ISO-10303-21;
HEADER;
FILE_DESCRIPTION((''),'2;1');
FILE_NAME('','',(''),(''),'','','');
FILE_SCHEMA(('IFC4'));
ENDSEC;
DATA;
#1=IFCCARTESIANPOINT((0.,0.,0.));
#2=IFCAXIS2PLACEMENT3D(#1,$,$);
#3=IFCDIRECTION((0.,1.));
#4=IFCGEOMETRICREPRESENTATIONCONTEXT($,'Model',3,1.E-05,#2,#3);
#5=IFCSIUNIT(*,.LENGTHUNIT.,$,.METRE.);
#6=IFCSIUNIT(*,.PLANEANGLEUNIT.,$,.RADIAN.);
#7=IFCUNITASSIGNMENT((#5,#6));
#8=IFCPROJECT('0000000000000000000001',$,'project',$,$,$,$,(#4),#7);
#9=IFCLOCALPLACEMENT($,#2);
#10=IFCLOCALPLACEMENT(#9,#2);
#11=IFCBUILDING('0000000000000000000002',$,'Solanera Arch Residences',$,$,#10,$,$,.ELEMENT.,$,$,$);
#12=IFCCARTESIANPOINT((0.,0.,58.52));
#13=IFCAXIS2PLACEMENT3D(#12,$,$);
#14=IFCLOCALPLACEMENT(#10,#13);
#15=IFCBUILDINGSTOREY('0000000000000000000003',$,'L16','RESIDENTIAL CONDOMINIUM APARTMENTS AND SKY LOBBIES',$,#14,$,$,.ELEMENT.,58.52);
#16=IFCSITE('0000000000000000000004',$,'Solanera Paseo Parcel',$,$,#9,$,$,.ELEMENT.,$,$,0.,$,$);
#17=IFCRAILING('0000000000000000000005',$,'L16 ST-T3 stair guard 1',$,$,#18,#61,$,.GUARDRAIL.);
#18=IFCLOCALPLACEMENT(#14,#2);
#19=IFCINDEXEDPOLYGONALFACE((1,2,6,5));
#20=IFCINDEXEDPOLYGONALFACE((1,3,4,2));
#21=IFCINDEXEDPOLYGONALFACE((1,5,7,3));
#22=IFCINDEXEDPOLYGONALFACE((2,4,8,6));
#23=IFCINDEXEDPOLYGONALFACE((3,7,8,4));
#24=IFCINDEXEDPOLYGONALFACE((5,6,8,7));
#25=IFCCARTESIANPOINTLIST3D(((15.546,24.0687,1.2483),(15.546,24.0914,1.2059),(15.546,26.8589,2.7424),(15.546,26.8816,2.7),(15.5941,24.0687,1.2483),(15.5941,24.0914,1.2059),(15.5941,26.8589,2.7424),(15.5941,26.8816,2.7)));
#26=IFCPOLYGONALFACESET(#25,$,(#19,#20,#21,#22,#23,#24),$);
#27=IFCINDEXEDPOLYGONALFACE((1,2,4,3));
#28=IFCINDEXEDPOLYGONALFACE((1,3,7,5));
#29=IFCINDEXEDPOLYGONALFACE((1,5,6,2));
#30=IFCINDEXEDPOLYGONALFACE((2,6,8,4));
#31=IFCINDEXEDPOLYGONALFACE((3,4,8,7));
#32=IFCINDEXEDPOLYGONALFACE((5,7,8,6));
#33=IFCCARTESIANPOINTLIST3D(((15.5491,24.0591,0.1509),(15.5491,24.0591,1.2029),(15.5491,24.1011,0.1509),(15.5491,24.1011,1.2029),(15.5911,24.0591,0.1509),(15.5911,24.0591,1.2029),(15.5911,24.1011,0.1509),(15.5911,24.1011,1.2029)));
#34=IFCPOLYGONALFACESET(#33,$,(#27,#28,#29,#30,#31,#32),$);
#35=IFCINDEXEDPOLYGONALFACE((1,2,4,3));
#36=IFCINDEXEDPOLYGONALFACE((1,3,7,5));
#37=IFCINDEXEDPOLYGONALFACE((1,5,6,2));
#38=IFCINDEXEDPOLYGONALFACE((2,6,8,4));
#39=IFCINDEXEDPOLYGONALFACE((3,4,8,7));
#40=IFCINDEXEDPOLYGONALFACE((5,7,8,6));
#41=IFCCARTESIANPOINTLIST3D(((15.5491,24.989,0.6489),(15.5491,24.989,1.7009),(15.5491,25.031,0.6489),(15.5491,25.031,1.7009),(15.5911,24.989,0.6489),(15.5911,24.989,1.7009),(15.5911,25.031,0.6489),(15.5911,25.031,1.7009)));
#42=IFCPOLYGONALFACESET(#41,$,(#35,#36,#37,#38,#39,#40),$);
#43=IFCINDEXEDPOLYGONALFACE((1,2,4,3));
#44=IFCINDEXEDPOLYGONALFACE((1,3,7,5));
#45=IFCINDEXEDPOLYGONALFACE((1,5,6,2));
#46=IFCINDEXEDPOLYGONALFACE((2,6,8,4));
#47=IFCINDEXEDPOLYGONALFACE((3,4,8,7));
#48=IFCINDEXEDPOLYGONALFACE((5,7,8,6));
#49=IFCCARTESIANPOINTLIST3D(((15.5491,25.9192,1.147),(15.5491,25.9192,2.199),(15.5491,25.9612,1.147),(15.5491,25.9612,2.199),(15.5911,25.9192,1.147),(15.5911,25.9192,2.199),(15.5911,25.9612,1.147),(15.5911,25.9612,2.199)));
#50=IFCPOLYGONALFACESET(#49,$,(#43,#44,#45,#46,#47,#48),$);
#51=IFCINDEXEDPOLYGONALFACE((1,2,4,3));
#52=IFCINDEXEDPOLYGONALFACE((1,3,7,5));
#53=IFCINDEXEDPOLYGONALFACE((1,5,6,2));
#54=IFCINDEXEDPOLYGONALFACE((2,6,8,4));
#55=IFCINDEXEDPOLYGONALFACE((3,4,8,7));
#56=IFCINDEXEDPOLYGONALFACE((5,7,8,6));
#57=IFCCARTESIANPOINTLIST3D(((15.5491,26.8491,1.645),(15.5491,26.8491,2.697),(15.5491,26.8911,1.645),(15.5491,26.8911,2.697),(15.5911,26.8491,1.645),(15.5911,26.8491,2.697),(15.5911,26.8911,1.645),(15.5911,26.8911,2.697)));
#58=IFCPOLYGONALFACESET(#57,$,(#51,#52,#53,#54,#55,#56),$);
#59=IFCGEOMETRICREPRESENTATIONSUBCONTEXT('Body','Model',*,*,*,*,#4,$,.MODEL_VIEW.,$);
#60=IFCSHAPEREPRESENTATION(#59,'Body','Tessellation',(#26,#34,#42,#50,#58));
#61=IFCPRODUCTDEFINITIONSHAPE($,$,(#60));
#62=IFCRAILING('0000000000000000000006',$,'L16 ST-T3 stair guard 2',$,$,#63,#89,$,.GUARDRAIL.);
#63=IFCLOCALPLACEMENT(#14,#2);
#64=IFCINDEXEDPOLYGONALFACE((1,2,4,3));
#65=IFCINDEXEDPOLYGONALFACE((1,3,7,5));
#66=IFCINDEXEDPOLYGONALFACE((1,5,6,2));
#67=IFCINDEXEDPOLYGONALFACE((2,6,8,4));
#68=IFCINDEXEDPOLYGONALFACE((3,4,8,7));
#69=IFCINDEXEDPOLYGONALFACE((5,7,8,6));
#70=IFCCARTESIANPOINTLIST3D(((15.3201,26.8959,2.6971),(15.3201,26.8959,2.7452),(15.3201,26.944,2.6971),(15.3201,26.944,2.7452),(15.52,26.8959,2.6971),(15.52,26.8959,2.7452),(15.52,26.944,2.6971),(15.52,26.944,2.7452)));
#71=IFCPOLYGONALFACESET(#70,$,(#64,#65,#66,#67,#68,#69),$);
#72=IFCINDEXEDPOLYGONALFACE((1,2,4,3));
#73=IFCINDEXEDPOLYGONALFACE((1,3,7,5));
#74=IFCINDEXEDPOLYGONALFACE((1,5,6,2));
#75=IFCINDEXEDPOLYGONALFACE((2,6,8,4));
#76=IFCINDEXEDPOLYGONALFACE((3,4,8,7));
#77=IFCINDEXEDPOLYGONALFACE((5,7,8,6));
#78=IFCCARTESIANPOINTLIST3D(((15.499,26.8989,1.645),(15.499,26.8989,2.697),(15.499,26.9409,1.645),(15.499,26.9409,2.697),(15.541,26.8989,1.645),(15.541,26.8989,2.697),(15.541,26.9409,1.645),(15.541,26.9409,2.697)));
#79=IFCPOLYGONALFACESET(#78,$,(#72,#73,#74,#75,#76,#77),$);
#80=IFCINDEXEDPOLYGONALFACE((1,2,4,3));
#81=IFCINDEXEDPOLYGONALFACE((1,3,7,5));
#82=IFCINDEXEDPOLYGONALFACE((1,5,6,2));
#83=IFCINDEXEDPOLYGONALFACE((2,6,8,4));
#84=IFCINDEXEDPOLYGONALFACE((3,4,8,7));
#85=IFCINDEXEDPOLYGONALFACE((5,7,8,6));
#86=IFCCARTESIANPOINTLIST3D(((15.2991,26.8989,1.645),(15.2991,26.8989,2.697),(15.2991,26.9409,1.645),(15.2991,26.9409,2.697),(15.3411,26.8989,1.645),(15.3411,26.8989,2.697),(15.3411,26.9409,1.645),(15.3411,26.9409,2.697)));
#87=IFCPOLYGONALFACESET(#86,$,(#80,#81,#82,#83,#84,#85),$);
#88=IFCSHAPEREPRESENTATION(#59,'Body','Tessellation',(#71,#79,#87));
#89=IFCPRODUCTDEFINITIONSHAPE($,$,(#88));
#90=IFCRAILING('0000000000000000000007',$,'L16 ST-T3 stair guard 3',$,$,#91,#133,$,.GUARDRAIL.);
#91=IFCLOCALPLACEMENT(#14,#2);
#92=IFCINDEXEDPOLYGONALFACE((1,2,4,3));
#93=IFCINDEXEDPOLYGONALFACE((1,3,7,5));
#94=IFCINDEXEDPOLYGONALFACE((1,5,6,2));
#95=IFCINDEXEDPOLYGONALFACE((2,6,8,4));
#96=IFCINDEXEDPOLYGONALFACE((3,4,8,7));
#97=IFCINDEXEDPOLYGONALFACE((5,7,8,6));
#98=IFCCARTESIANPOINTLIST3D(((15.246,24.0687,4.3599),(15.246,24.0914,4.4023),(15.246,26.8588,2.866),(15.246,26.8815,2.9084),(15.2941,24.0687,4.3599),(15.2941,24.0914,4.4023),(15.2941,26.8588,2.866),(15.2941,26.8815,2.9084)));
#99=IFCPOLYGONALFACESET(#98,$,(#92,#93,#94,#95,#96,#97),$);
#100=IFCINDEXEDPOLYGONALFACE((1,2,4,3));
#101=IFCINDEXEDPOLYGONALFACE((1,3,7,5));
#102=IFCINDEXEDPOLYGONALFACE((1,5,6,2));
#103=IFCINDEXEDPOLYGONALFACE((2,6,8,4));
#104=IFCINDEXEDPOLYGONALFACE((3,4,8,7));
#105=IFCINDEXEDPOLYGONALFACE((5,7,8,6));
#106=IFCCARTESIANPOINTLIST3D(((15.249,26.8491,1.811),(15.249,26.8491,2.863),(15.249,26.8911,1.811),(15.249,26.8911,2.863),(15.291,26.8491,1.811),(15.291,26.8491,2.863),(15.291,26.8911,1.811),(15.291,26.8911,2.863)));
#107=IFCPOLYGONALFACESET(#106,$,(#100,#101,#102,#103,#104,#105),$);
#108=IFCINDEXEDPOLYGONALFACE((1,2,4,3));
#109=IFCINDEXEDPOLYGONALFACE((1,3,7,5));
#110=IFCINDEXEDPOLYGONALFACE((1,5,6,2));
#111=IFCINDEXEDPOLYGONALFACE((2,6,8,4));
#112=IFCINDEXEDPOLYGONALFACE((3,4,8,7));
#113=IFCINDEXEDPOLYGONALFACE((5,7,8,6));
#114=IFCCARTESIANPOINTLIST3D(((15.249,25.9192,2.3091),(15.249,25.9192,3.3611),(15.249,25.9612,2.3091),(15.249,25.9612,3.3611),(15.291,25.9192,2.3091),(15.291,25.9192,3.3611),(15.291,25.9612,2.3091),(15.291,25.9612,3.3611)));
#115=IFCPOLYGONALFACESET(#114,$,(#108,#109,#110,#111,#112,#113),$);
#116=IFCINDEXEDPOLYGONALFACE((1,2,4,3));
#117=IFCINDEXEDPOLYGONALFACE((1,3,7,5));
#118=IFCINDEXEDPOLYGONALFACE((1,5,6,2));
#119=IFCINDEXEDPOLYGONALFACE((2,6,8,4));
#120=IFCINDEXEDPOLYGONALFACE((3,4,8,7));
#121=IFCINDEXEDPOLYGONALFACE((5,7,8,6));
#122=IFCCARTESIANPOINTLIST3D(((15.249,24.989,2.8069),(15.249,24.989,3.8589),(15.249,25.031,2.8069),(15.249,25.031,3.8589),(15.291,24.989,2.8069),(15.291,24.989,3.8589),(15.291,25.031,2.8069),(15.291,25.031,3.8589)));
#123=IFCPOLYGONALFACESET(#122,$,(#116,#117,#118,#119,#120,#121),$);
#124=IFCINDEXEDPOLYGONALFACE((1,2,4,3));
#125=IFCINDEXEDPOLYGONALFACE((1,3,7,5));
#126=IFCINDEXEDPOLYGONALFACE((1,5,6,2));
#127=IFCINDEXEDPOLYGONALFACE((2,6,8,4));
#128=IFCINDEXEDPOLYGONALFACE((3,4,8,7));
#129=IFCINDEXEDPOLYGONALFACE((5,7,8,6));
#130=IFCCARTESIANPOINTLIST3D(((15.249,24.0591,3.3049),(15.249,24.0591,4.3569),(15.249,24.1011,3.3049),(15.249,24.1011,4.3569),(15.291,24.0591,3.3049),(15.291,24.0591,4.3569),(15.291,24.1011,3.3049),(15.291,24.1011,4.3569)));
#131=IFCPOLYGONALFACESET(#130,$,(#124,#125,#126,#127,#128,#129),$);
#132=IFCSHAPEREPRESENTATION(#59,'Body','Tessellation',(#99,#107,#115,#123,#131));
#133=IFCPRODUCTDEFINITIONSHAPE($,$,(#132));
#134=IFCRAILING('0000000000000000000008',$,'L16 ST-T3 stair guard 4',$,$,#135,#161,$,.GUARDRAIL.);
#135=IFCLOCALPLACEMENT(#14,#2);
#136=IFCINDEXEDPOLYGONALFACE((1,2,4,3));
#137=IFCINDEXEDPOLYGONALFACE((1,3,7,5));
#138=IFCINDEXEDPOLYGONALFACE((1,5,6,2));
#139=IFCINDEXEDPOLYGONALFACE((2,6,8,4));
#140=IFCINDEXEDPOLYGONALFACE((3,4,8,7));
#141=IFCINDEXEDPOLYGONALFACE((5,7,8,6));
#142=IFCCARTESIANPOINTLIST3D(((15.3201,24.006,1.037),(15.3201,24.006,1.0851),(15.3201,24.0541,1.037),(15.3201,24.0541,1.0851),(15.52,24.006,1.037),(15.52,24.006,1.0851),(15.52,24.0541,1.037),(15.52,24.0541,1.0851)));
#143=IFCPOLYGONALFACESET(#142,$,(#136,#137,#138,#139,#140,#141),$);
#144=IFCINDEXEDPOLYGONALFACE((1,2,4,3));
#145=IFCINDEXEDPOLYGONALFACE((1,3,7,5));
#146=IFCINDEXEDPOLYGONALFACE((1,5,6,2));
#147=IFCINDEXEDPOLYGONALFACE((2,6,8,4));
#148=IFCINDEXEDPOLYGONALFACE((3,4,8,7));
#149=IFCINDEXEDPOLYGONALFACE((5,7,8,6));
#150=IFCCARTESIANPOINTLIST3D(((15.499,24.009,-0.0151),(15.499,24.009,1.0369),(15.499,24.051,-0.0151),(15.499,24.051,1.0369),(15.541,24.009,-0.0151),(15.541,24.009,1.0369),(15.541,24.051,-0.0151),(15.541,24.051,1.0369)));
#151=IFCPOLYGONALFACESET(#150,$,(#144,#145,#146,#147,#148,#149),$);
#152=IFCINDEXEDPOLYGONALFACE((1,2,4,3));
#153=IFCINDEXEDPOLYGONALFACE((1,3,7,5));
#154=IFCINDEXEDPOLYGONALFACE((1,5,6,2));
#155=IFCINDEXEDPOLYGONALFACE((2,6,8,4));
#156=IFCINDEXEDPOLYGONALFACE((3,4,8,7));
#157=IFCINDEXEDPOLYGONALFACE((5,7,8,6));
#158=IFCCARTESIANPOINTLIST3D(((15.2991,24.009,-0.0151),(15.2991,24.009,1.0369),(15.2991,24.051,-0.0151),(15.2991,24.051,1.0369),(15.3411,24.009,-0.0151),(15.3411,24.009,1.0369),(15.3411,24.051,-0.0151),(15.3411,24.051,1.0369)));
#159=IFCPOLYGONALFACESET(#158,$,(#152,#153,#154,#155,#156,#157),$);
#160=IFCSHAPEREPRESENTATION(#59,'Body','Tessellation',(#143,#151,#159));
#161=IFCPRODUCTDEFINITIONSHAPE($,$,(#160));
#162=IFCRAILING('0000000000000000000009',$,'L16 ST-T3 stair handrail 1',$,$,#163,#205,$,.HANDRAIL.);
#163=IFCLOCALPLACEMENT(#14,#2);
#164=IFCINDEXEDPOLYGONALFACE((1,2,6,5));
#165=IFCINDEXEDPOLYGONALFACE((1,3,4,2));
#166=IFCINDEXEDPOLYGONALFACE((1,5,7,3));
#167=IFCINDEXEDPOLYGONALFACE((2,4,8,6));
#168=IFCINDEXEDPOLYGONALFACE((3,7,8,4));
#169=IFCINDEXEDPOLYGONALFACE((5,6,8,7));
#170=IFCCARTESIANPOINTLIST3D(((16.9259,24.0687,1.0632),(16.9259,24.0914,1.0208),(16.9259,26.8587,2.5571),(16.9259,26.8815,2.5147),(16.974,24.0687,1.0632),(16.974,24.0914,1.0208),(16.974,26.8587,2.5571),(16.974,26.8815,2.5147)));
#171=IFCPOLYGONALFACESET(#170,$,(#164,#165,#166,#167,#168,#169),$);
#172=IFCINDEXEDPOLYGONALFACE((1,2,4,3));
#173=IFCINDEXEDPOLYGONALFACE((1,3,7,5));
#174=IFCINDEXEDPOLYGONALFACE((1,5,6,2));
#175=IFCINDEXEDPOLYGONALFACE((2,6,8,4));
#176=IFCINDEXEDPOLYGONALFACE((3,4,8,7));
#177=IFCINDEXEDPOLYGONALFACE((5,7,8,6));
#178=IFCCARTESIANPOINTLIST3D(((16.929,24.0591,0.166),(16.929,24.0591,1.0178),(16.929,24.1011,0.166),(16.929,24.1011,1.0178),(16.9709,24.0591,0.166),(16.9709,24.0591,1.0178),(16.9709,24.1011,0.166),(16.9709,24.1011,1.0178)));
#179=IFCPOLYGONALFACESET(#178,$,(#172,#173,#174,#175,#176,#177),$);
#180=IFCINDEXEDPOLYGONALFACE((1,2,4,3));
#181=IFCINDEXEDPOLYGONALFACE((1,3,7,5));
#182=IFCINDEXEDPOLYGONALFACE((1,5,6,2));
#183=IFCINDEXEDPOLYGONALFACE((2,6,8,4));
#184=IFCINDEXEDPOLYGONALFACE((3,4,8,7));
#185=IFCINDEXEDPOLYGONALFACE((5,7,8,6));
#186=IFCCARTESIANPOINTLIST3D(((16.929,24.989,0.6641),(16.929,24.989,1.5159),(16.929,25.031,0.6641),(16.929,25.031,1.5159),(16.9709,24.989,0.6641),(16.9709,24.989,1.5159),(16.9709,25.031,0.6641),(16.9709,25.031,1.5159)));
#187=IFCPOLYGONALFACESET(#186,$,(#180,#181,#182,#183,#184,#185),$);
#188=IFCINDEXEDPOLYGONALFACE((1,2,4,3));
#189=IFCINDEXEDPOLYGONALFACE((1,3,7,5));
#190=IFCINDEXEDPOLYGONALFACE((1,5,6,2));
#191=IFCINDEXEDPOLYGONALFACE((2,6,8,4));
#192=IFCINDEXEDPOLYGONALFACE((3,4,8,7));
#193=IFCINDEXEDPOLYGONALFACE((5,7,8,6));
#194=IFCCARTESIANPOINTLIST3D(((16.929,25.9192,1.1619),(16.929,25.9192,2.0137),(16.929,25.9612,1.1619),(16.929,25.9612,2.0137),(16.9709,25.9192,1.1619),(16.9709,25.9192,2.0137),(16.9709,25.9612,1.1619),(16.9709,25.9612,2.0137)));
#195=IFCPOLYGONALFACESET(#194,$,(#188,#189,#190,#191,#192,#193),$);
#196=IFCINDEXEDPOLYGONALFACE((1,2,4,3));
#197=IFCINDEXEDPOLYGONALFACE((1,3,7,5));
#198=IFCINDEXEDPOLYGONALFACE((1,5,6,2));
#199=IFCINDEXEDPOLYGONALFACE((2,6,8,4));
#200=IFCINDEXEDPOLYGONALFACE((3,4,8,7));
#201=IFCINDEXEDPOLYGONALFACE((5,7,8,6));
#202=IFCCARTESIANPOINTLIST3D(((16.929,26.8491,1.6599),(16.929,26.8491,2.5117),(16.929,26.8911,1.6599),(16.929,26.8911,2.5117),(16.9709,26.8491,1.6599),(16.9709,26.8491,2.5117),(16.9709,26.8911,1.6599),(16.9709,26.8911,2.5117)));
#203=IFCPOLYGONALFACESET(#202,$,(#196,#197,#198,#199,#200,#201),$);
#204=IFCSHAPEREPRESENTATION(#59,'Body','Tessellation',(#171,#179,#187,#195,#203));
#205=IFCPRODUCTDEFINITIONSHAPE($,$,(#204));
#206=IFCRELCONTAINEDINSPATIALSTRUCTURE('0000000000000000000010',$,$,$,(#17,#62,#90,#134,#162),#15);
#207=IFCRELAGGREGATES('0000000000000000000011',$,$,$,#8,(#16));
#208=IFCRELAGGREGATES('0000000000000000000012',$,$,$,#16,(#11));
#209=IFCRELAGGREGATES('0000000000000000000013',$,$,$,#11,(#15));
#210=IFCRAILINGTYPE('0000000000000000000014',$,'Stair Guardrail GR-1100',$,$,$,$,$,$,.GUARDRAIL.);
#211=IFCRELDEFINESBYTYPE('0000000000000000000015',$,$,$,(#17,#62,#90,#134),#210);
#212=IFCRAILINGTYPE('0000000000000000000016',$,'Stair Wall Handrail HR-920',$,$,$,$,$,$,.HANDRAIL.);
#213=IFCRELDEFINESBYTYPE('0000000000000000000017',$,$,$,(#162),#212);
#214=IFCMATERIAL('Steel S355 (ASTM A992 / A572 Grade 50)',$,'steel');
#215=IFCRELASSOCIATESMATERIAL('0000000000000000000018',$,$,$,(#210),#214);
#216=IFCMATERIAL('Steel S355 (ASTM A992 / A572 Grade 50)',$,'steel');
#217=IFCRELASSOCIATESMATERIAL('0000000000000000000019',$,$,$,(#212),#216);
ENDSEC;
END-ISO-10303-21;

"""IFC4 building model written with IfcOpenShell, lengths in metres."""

from ifc_helpers import new_model, si_unit, direction, frame, origin, origin_2d, place, context, subcontext, project, spatial, rectangle, extrude, material, type_object, element, save


model = new_model("IFC4")

# Units and contexts
model_context = context("Model", 3, precision=1e-05, world=origin(), true_north=direction((0.0, 1.0)))
body_context = subcontext(model_context, "Body", "Model", "MODEL_VIEW")
ifc_project = project(units=[si_unit("LENGTHUNIT", "METRE"), si_unit("PLANEANGLEUNIT", "RADIAN")], contexts=[model_context])

# Site, building, storey
site_placement = place(None, origin())
site = spatial("IfcSite", under=ifc_project, at=site_placement, Name="Solanera Paseo Parcel", CompositionType="ELEMENT", RefElevation=0.0)
building_placement = place(site_placement, origin())
building = spatial("IfcBuilding", under=site, at=building_placement, Name="Solanera Arch Residences", CompositionType="ELEMENT")
storey_placement = place(building_placement, frame((0.0, 0.0, 58.52)))
storey = spatial("IfcBuildingStorey", under=building, at=storey_placement, Name="L16", Description="RESIDENTIAL CONDOMINIUM APARTMENTS AND SKY LOBBIES", CompositionType="ELEMENT", Elevation=58.52)

# Railings
ifc_material_1 = material(Name="Steel S355 (ASTM A992 / A572 Grade 50)", Category="steel")
railing_type_1 = type_object("IfcRailingType", Name="Stair Guardrail GR-1100", PredefinedType="GUARDRAIL", material=ifc_material_1)
railing_1_placement = place(storey_placement, frame((15.5701, 24.0801, 0.1509)))
element("IfcRailing", 1, at=railing_1_placement, inside=storey, type_object=railing_type_1, Name="L16 ST-T3 stair guard 1", PredefinedType="GUARDRAIL", context=body_context, shape_type="SweptSolid", body=[
    extrude(rectangle(XDim=0.0481, YDim=0.0481, at=origin_2d()), frame((0.0, 0.0, 1.0762), z_axis=(0.0, 0.881549, 0.472093), x_axis=(-1.0, 0.0, 0.0)), (0.0, 0.0, 1.0), 3.165),
    extrude(rectangle(XDim=0.042, YDim=0.042, at=origin_2d()), origin(), (0.0, 0.0, 1.0), 1.052),
    extrude(rectangle(XDim=0.042, YDim=0.042, at=origin_2d()), frame((0.0, 0.9299, 0.498)), (0.0, 0.0, 1.0), 1.052),
    extrude(rectangle(XDim=0.042, YDim=0.042, at=origin_2d()), frame((0.0, 1.8601, 0.9961)), (0.0, 0.0, 1.0), 1.052),
    extrude(rectangle(XDim=0.042, YDim=0.042, at=origin_2d()), frame((0.0, 2.79, 1.4941)), (0.0, 0.0, 1.0), 1.052),
])
railing_2_placement = place(storey_placement, frame((15.52, 26.9199, 1.645)))
element("IfcRailing", 2, at=railing_2_placement, inside=storey, type_object=railing_type_1, Name="L16 ST-T3 stair guard 2", PredefinedType="GUARDRAIL", context=body_context, shape_type="SweptSolid", body=[
    extrude(rectangle(XDim=0.0481, YDim=0.0481, at=origin_2d()), frame((0.0, 0.0, 1.0762), z_axis=(-1.0, 0.0, 0.0), x_axis=(0.0, -1.0, 0.0)), (0.0, 0.0, 1.0), 0.2),
    extrude(rectangle(XDim=0.042, YDim=0.042, at=origin_2d()), origin(), (0.0, 0.0, 1.0), 1.052),
    extrude(rectangle(XDim=0.042, YDim=0.042, at=origin_2d()), frame((-0.2, 0.0, 0.0)), (0.0, 0.0, 1.0), 1.052),
])
railing_3_placement = place(storey_placement, frame((15.27, 26.8701, 1.811)))
element("IfcRailing", 3, at=railing_3_placement, inside=storey, type_object=railing_type_1, Name="L16 ST-T3 stair guard 3", PredefinedType="GUARDRAIL", context=body_context, shape_type="SweptSolid", body=[
    extrude(rectangle(XDim=0.0481, YDim=0.0481, at=origin_2d()), frame((0.0, 0.0, 1.0762), z_axis=(0.0, -0.881581, 0.472033), x_axis=(1.0, 0.0, 0.0)), (0.0, 0.0, 1.0), 3.1648),
    extrude(rectangle(XDim=0.042, YDim=0.042, at=origin_2d()), origin(), (0.0, 0.0, 1.0), 1.052),
    extrude(rectangle(XDim=0.042, YDim=0.042, at=origin_2d()), frame((0.0, -0.9299, 0.498)), (0.0, 0.0, 1.0), 1.052),
    extrude(rectangle(XDim=0.042, YDim=0.042, at=origin_2d()), frame((0.0, -1.8601, 0.9958)), (0.0, 0.0, 1.0), 1.052),
    extrude(rectangle(XDim=0.042, YDim=0.042, at=origin_2d()), frame((0.0, -2.79, 1.4939)), (0.0, 0.0, 1.0), 1.052),
])
railing_4_placement = place(storey_placement, frame((15.52, 24.03, -0.0151)))
element("IfcRailing", 4, at=railing_4_placement, inside=storey, type_object=railing_type_1, Name="L16 ST-T3 stair guard 4", PredefinedType="GUARDRAIL", context=body_context, shape_type="SweptSolid", body=[
    extrude(rectangle(XDim=0.0481, YDim=0.0481, at=origin_2d()), frame((0.0, 0.0, 1.0762), z_axis=(-1.0, 0.0, 0.0), x_axis=(0.0, -1.0, 0.0)), (0.0, 0.0, 1.0), 0.2),
    extrude(rectangle(XDim=0.042, YDim=0.042, at=origin_2d()), origin(), (0.0, 0.0, 1.0), 1.052),
    extrude(rectangle(XDim=0.042, YDim=0.042, at=origin_2d()), frame((-0.2, 0.0, 0.0)), (0.0, 0.0, 1.0), 1.052),
])
ifc_material_2 = material(Name="Steel S355 (ASTM A992 / A572 Grade 50)", Category="steel")
railing_type_2 = type_object("IfcRailingType", Name="Stair Wall Handrail HR-920", PredefinedType="HANDRAIL", material=ifc_material_2)
railing_5_placement = place(storey_placement, frame((16.95, 24.0801, 0.166)))
element("IfcRailing", 5, at=railing_5_placement, inside=storey, type_object=railing_type_2, Name="L16 ST-T3 stair handrail 1", PredefinedType="HANDRAIL", context=body_context, shape_type="SweptSolid", body=[
    extrude(rectangle(XDim=0.0481, YDim=0.0481, at=origin_2d()), frame((0.0, 0.0, 0.876), z_axis=(0.0, 0.881581, 0.472033), x_axis=(-1.0, 0.0, 0.0)), (0.0, 0.0, 1.0), 3.1648),
    extrude(rectangle(XDim=0.042, YDim=0.042, at=origin_2d()), origin(), (0.0, 0.0, 1.0), 0.8518),
    extrude(rectangle(XDim=0.042, YDim=0.042, at=origin_2d()), frame((0.0, 0.9299, 0.498)), (0.0, 0.0, 1.0), 0.8518),
    extrude(rectangle(XDim=0.042, YDim=0.042, at=origin_2d()), frame((0.0, 1.8601, 0.9958)), (0.0, 0.0, 1.0), 0.8518),
    extrude(rectangle(XDim=0.042, YDim=0.042, at=origin_2d()), frame((0.0, 2.79, 1.4939)), (0.0, 0.0, 1.0), 0.8518),
])

save(model, "model.ifc")
